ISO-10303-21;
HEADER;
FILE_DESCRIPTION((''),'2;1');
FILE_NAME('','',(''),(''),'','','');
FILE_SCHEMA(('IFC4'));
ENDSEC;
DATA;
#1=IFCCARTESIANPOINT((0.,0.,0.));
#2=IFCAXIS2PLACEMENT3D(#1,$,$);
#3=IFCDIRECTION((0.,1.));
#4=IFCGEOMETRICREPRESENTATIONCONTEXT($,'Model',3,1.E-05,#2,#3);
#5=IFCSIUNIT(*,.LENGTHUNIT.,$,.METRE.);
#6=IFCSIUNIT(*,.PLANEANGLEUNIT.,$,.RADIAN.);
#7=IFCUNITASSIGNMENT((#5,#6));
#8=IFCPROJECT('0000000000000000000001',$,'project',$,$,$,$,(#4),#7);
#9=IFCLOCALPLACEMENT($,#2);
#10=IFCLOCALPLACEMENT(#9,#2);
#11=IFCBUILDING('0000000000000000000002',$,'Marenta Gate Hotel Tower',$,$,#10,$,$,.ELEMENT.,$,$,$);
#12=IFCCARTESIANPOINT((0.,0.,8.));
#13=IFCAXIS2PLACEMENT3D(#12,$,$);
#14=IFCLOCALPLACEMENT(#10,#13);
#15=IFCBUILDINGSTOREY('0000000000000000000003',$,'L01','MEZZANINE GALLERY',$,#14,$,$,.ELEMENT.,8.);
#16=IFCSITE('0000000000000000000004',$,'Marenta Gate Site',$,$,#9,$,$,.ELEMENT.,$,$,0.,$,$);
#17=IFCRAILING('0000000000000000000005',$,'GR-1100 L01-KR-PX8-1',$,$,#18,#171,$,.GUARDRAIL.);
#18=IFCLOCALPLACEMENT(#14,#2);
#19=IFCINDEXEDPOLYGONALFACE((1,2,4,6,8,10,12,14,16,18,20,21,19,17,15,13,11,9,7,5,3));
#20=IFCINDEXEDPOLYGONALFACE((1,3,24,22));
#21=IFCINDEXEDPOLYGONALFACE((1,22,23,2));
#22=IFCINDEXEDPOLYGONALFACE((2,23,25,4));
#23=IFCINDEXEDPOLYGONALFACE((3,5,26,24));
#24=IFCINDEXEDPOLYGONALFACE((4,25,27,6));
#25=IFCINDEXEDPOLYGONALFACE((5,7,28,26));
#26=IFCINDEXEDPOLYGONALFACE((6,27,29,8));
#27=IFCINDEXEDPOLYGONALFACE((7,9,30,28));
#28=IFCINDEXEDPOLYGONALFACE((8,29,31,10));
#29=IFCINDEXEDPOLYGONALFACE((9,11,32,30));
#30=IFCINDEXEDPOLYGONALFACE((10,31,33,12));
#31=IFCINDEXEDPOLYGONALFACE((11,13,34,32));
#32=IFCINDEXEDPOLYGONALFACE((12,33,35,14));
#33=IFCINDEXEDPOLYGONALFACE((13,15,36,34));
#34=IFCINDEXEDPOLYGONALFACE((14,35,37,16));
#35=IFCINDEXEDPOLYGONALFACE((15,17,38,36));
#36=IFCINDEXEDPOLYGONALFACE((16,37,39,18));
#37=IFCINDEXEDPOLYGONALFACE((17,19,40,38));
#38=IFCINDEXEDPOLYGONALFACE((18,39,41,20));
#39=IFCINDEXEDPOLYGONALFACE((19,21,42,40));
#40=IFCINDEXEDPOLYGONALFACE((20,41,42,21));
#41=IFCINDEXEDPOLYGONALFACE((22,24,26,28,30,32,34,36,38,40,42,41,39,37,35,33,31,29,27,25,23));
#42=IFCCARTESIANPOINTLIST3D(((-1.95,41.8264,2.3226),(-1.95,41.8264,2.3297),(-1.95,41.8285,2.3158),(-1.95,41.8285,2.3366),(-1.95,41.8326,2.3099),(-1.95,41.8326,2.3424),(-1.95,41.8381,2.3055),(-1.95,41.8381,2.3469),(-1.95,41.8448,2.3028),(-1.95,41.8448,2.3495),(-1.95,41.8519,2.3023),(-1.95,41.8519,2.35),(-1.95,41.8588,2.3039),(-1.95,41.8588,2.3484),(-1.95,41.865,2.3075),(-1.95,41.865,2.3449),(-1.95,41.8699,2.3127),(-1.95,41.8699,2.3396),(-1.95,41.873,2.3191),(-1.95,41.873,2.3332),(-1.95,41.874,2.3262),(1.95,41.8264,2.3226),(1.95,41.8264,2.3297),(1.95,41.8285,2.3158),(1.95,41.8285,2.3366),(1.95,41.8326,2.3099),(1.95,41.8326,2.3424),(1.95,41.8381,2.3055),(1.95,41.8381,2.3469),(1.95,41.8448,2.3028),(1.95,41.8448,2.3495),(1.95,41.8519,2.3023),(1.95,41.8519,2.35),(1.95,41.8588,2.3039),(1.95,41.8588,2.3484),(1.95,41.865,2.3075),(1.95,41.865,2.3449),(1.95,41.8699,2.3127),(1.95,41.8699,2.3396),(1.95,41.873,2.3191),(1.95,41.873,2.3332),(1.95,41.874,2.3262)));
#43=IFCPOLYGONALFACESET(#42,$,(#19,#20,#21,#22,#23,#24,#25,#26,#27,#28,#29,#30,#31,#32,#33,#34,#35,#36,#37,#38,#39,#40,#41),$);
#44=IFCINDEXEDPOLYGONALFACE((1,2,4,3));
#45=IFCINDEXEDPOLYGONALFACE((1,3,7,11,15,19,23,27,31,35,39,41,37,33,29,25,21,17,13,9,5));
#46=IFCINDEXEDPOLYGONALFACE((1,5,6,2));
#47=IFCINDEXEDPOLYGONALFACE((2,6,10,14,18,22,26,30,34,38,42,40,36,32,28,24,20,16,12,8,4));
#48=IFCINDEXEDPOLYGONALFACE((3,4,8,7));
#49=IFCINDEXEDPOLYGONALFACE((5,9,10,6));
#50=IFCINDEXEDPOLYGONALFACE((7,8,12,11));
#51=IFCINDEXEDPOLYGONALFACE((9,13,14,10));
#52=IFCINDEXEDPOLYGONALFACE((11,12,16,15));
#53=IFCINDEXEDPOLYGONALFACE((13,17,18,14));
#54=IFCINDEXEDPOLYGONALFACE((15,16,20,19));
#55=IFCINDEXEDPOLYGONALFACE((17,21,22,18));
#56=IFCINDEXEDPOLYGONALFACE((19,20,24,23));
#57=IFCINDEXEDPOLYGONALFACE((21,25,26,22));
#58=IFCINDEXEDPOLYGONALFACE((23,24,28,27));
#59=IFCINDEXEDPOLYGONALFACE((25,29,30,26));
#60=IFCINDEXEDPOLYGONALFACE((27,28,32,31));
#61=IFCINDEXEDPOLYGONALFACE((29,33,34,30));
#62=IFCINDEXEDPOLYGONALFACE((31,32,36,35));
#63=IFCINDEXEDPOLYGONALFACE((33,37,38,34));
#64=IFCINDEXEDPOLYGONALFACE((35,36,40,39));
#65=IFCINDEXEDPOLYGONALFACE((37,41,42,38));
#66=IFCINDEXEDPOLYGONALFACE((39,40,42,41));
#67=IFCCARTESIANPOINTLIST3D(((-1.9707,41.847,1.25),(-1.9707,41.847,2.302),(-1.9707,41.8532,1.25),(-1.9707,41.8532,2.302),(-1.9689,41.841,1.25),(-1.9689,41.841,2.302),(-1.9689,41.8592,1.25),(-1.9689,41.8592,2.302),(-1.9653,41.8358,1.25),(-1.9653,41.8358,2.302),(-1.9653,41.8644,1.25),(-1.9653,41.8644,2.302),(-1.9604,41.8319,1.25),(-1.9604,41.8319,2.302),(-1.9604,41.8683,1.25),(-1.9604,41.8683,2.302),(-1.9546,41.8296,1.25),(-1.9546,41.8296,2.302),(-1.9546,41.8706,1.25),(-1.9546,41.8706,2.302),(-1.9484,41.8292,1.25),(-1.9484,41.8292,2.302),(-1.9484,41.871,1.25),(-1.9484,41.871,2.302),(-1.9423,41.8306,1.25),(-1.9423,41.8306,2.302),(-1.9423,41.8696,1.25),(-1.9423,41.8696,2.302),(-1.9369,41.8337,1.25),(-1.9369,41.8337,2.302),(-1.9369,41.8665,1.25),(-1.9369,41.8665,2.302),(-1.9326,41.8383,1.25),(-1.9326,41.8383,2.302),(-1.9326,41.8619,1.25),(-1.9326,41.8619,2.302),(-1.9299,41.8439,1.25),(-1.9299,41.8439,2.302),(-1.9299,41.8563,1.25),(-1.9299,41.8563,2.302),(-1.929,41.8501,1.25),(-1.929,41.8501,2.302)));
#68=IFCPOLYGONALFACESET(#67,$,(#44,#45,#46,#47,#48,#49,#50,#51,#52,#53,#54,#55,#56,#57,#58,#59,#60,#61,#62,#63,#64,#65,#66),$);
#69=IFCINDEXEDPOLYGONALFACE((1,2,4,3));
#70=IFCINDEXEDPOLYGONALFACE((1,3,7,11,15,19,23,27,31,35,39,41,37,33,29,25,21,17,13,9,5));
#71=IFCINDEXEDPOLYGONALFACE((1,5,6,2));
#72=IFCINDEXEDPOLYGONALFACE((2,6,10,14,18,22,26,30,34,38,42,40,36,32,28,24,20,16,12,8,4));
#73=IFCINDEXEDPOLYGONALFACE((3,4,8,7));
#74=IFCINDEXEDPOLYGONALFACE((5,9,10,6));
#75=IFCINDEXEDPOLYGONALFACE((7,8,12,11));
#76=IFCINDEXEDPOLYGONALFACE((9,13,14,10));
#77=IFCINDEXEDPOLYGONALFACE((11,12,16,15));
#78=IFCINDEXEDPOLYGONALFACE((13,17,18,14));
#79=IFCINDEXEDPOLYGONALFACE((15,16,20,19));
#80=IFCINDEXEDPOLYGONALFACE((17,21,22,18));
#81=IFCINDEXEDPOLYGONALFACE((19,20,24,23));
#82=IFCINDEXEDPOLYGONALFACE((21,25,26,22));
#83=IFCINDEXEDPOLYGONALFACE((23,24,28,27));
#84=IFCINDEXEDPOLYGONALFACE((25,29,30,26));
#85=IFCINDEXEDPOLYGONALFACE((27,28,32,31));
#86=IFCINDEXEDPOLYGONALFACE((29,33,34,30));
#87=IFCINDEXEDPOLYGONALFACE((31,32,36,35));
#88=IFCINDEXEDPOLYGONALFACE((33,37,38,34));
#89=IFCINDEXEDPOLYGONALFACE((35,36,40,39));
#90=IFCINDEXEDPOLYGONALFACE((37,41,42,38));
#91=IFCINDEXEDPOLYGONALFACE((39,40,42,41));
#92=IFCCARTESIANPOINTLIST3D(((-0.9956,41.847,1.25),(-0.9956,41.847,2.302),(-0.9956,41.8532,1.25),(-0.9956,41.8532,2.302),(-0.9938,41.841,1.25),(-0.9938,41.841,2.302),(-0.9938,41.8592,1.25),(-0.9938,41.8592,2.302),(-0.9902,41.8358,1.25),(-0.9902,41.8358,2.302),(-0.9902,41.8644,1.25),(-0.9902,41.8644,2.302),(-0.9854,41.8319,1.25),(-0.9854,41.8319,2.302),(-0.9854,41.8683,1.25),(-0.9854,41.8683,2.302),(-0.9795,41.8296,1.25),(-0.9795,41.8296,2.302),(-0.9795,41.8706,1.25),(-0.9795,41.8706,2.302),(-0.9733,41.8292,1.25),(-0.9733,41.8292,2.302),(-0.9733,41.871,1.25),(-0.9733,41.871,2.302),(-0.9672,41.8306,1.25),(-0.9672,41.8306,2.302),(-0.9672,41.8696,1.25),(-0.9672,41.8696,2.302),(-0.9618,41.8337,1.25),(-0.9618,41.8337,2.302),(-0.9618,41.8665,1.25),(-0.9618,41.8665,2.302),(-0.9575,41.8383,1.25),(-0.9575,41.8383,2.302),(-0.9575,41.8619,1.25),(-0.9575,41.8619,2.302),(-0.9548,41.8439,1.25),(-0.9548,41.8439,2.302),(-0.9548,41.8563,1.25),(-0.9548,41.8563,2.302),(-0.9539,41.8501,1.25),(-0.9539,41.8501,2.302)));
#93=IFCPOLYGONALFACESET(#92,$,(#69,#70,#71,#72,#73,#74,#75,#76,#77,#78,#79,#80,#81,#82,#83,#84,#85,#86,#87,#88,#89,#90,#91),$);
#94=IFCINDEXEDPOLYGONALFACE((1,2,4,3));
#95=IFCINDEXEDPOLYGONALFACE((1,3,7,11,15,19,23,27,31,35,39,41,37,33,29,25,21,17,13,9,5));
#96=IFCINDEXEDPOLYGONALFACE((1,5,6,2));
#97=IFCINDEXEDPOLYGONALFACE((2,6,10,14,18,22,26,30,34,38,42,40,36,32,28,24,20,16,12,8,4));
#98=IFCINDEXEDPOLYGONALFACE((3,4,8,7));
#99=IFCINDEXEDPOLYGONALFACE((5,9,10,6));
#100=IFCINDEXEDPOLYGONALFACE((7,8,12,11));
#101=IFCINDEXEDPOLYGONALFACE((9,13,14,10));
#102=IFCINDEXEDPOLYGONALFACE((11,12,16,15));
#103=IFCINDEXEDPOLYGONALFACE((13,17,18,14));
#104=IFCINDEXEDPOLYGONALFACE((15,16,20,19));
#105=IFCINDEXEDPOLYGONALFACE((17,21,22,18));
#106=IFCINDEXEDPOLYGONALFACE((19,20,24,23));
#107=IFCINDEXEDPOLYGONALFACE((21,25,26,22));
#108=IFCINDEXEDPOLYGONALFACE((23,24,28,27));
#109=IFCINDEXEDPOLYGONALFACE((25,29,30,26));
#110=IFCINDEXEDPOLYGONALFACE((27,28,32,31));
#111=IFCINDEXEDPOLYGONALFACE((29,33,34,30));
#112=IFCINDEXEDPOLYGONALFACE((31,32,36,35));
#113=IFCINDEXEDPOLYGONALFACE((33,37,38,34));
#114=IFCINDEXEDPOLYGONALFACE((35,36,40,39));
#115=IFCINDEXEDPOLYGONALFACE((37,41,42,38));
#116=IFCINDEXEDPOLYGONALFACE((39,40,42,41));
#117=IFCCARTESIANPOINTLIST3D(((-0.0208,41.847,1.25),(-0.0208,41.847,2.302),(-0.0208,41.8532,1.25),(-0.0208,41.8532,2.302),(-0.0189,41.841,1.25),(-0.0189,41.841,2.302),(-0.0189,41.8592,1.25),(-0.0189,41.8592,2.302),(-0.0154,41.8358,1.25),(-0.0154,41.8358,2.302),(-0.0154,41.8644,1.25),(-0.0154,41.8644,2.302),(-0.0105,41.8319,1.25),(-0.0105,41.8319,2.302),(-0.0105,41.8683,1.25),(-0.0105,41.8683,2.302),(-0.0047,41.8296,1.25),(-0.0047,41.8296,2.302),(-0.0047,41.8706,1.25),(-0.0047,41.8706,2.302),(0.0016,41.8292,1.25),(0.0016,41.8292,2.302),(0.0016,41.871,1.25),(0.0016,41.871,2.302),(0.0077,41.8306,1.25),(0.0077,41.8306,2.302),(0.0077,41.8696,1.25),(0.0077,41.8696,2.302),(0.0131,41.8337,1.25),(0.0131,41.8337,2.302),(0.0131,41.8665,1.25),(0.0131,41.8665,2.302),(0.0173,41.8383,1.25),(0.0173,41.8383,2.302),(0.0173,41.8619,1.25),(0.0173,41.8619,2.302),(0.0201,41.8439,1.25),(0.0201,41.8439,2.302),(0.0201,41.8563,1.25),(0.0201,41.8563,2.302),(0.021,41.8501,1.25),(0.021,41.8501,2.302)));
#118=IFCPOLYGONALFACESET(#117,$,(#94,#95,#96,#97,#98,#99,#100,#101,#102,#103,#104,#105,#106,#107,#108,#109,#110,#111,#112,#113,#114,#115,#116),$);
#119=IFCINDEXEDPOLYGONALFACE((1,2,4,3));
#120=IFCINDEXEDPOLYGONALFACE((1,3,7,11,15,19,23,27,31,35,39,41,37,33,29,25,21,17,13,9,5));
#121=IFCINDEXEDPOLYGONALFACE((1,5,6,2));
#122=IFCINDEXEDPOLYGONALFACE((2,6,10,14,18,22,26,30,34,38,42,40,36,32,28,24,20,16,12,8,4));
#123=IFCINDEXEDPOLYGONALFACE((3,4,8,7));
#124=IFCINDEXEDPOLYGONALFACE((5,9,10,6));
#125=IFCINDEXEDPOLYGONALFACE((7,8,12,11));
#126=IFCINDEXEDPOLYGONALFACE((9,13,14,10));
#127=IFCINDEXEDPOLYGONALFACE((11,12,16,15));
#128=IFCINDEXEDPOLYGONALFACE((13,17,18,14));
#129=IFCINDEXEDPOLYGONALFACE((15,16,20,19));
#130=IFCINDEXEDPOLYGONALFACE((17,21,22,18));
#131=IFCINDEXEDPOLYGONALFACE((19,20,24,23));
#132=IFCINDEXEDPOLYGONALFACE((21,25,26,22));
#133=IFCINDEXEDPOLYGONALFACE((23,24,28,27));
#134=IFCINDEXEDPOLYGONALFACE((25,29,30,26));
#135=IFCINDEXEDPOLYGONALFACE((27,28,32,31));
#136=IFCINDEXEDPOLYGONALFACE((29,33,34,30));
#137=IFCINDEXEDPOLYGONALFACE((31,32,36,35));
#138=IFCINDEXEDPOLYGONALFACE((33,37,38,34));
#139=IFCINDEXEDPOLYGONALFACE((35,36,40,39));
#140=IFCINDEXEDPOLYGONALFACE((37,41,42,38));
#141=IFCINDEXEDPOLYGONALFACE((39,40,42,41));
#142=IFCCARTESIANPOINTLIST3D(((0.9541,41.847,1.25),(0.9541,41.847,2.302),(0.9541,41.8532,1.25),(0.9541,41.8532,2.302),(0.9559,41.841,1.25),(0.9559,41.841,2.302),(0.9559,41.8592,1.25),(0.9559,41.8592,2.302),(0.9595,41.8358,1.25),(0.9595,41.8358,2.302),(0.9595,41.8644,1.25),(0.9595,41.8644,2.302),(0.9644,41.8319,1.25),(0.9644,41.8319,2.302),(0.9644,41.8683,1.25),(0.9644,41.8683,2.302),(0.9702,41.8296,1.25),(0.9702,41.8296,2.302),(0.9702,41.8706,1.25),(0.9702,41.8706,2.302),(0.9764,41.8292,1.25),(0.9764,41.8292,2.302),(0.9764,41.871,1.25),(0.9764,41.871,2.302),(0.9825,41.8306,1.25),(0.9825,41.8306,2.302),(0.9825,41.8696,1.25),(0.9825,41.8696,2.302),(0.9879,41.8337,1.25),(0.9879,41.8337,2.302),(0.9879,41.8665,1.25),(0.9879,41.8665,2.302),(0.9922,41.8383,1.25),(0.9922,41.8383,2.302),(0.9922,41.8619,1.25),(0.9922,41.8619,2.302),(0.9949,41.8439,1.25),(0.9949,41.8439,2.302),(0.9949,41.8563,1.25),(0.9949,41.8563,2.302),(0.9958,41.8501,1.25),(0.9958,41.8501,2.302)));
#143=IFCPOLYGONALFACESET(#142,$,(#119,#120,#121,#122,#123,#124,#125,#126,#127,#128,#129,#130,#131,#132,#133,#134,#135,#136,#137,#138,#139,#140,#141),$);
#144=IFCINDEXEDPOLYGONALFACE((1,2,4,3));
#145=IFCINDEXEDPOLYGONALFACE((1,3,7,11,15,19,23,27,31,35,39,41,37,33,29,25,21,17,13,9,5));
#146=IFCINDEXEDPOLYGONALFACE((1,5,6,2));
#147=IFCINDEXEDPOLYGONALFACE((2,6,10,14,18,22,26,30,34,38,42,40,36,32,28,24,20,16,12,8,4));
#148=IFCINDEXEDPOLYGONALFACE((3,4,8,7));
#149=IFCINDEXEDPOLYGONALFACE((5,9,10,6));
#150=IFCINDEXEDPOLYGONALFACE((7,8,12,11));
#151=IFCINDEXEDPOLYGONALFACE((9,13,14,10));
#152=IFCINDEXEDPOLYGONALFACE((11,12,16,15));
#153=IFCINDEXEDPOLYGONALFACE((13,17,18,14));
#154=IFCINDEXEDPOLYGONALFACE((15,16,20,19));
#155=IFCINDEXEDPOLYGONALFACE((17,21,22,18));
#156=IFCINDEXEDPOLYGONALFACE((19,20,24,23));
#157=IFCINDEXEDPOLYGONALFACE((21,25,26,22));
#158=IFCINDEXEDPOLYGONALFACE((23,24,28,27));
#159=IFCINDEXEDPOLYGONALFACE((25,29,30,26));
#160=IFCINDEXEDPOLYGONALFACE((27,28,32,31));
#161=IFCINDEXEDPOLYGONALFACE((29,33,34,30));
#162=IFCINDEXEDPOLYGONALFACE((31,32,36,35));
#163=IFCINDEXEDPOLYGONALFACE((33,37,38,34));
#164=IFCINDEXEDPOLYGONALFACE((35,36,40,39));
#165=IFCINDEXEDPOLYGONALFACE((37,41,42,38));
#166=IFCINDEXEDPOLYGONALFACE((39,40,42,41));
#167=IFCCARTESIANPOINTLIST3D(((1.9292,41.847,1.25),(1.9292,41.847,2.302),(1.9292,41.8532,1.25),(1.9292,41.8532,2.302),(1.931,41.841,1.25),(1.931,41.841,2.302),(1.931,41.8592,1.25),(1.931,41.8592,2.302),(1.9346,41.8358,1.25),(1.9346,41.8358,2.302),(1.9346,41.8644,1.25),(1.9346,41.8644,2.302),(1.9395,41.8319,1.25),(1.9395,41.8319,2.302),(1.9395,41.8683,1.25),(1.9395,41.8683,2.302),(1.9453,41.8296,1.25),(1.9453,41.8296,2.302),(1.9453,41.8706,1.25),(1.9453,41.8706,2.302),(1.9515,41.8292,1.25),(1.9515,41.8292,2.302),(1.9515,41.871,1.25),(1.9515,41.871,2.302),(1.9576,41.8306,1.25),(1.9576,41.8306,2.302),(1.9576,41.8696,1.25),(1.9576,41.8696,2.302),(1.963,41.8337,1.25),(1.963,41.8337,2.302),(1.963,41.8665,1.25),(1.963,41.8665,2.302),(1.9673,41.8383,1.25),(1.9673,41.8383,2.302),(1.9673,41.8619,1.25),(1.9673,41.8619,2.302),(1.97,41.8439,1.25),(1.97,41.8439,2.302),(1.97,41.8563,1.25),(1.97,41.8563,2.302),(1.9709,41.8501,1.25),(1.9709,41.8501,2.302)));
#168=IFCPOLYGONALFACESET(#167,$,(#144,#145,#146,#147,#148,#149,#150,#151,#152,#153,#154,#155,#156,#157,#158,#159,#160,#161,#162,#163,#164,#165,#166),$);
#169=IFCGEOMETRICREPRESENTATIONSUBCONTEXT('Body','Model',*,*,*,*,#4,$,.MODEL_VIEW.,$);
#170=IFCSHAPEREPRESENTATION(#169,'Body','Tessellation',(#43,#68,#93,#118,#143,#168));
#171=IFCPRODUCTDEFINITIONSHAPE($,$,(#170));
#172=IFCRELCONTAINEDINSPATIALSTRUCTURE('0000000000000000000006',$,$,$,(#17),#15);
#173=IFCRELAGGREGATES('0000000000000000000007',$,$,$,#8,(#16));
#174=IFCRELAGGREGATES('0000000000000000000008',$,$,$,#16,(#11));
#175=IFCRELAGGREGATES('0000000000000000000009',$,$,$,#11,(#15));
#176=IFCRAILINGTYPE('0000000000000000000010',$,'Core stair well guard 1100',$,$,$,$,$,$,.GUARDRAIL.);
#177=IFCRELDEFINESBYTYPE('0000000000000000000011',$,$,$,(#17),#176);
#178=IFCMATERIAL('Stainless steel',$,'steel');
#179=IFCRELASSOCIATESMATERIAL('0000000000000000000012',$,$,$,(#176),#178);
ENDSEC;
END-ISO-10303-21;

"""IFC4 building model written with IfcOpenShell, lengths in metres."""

from ifc_helpers import new_model, si_unit, direction, frame, origin, origin_2d, place, context, subcontext, project, spatial, circle, extrude, material, type_object, element, save


model = new_model("IFC4")

# Units and contexts
model_context = context("Model", 3, precision=1e-05, world=origin(), true_north=direction((0.0, 1.0)))
body_context = subcontext(model_context, "Body", "Model", "MODEL_VIEW")
ifc_project = project(units=[si_unit("LENGTHUNIT", "METRE"), si_unit("PLANEANGLEUNIT", "RADIAN")], contexts=[model_context])

# Site, building, storey
site_placement = place(None, origin())
site = spatial("IfcSite", under=ifc_project, at=site_placement, Name="Marenta Gate Site", CompositionType="ELEMENT", RefElevation=0.0)
building_placement = place(site_placement, origin())
building = spatial("IfcBuilding", under=site, at=building_placement, Name="Marenta Gate Hotel Tower", CompositionType="ELEMENT")
storey_placement = place(building_placement, frame((0.0, 0.0, 8.0)))
storey = spatial("IfcBuildingStorey", under=building, at=storey_placement, Name="L01", Description="MEZZANINE GALLERY", CompositionType="ELEMENT", Elevation=8.0)

# Railing
ifc_material_1 = material(Name="Stainless steel", Category="steel")
railing_type_1 = type_object("IfcRailingType", Name="Core stair well guard 1100", PredefinedType="GUARDRAIL", material=ifc_material_1)
for number, where, name in (
    (1, (-1.95, 41.8501, 1.25), "GR-1100 L01-KR-PX8-1"),
):
    element("IfcRailing", number, at=place(storey_placement, frame(where)), inside=storey, type_object=railing_type_1, Name=name, PredefinedType="GUARDRAIL", context=body_context, shape_type="SweptSolid", body=[
        extrude(circle(Radius=0.0239, at=origin_2d()), frame((0.0, 0.0, 1.0762), z_axis=(1.0, 0.0, 0.0), x_axis=(0.0, 1.0, 0.0)), (0.0, 0.0, 1.0), 3.8999),
        extrude(circle(Radius=0.021, at=origin_2d()), origin(), (0.0, 0.0, 1.0), 1.052),
        extrude(circle(Radius=0.021, at=origin_2d()), frame((0.9751, 0.0, 0.0)), (0.0, 0.0, 1.0), 1.052),
        extrude(circle(Radius=0.021, at=origin_2d()), frame((1.95, 0.0, 0.0)), (0.0, 0.0, 1.0), 1.052),
        extrude(circle(Radius=0.021, at=origin_2d()), frame((2.9248, 0.0, 0.0)), (0.0, 0.0, 1.0), 1.052),
        extrude(circle(Radius=0.021, at=origin_2d()), frame((3.8999, 0.0, 0.0)), (0.0, 0.0, 1.0), 1.052),
    ])

save(model, "model.ifc")
